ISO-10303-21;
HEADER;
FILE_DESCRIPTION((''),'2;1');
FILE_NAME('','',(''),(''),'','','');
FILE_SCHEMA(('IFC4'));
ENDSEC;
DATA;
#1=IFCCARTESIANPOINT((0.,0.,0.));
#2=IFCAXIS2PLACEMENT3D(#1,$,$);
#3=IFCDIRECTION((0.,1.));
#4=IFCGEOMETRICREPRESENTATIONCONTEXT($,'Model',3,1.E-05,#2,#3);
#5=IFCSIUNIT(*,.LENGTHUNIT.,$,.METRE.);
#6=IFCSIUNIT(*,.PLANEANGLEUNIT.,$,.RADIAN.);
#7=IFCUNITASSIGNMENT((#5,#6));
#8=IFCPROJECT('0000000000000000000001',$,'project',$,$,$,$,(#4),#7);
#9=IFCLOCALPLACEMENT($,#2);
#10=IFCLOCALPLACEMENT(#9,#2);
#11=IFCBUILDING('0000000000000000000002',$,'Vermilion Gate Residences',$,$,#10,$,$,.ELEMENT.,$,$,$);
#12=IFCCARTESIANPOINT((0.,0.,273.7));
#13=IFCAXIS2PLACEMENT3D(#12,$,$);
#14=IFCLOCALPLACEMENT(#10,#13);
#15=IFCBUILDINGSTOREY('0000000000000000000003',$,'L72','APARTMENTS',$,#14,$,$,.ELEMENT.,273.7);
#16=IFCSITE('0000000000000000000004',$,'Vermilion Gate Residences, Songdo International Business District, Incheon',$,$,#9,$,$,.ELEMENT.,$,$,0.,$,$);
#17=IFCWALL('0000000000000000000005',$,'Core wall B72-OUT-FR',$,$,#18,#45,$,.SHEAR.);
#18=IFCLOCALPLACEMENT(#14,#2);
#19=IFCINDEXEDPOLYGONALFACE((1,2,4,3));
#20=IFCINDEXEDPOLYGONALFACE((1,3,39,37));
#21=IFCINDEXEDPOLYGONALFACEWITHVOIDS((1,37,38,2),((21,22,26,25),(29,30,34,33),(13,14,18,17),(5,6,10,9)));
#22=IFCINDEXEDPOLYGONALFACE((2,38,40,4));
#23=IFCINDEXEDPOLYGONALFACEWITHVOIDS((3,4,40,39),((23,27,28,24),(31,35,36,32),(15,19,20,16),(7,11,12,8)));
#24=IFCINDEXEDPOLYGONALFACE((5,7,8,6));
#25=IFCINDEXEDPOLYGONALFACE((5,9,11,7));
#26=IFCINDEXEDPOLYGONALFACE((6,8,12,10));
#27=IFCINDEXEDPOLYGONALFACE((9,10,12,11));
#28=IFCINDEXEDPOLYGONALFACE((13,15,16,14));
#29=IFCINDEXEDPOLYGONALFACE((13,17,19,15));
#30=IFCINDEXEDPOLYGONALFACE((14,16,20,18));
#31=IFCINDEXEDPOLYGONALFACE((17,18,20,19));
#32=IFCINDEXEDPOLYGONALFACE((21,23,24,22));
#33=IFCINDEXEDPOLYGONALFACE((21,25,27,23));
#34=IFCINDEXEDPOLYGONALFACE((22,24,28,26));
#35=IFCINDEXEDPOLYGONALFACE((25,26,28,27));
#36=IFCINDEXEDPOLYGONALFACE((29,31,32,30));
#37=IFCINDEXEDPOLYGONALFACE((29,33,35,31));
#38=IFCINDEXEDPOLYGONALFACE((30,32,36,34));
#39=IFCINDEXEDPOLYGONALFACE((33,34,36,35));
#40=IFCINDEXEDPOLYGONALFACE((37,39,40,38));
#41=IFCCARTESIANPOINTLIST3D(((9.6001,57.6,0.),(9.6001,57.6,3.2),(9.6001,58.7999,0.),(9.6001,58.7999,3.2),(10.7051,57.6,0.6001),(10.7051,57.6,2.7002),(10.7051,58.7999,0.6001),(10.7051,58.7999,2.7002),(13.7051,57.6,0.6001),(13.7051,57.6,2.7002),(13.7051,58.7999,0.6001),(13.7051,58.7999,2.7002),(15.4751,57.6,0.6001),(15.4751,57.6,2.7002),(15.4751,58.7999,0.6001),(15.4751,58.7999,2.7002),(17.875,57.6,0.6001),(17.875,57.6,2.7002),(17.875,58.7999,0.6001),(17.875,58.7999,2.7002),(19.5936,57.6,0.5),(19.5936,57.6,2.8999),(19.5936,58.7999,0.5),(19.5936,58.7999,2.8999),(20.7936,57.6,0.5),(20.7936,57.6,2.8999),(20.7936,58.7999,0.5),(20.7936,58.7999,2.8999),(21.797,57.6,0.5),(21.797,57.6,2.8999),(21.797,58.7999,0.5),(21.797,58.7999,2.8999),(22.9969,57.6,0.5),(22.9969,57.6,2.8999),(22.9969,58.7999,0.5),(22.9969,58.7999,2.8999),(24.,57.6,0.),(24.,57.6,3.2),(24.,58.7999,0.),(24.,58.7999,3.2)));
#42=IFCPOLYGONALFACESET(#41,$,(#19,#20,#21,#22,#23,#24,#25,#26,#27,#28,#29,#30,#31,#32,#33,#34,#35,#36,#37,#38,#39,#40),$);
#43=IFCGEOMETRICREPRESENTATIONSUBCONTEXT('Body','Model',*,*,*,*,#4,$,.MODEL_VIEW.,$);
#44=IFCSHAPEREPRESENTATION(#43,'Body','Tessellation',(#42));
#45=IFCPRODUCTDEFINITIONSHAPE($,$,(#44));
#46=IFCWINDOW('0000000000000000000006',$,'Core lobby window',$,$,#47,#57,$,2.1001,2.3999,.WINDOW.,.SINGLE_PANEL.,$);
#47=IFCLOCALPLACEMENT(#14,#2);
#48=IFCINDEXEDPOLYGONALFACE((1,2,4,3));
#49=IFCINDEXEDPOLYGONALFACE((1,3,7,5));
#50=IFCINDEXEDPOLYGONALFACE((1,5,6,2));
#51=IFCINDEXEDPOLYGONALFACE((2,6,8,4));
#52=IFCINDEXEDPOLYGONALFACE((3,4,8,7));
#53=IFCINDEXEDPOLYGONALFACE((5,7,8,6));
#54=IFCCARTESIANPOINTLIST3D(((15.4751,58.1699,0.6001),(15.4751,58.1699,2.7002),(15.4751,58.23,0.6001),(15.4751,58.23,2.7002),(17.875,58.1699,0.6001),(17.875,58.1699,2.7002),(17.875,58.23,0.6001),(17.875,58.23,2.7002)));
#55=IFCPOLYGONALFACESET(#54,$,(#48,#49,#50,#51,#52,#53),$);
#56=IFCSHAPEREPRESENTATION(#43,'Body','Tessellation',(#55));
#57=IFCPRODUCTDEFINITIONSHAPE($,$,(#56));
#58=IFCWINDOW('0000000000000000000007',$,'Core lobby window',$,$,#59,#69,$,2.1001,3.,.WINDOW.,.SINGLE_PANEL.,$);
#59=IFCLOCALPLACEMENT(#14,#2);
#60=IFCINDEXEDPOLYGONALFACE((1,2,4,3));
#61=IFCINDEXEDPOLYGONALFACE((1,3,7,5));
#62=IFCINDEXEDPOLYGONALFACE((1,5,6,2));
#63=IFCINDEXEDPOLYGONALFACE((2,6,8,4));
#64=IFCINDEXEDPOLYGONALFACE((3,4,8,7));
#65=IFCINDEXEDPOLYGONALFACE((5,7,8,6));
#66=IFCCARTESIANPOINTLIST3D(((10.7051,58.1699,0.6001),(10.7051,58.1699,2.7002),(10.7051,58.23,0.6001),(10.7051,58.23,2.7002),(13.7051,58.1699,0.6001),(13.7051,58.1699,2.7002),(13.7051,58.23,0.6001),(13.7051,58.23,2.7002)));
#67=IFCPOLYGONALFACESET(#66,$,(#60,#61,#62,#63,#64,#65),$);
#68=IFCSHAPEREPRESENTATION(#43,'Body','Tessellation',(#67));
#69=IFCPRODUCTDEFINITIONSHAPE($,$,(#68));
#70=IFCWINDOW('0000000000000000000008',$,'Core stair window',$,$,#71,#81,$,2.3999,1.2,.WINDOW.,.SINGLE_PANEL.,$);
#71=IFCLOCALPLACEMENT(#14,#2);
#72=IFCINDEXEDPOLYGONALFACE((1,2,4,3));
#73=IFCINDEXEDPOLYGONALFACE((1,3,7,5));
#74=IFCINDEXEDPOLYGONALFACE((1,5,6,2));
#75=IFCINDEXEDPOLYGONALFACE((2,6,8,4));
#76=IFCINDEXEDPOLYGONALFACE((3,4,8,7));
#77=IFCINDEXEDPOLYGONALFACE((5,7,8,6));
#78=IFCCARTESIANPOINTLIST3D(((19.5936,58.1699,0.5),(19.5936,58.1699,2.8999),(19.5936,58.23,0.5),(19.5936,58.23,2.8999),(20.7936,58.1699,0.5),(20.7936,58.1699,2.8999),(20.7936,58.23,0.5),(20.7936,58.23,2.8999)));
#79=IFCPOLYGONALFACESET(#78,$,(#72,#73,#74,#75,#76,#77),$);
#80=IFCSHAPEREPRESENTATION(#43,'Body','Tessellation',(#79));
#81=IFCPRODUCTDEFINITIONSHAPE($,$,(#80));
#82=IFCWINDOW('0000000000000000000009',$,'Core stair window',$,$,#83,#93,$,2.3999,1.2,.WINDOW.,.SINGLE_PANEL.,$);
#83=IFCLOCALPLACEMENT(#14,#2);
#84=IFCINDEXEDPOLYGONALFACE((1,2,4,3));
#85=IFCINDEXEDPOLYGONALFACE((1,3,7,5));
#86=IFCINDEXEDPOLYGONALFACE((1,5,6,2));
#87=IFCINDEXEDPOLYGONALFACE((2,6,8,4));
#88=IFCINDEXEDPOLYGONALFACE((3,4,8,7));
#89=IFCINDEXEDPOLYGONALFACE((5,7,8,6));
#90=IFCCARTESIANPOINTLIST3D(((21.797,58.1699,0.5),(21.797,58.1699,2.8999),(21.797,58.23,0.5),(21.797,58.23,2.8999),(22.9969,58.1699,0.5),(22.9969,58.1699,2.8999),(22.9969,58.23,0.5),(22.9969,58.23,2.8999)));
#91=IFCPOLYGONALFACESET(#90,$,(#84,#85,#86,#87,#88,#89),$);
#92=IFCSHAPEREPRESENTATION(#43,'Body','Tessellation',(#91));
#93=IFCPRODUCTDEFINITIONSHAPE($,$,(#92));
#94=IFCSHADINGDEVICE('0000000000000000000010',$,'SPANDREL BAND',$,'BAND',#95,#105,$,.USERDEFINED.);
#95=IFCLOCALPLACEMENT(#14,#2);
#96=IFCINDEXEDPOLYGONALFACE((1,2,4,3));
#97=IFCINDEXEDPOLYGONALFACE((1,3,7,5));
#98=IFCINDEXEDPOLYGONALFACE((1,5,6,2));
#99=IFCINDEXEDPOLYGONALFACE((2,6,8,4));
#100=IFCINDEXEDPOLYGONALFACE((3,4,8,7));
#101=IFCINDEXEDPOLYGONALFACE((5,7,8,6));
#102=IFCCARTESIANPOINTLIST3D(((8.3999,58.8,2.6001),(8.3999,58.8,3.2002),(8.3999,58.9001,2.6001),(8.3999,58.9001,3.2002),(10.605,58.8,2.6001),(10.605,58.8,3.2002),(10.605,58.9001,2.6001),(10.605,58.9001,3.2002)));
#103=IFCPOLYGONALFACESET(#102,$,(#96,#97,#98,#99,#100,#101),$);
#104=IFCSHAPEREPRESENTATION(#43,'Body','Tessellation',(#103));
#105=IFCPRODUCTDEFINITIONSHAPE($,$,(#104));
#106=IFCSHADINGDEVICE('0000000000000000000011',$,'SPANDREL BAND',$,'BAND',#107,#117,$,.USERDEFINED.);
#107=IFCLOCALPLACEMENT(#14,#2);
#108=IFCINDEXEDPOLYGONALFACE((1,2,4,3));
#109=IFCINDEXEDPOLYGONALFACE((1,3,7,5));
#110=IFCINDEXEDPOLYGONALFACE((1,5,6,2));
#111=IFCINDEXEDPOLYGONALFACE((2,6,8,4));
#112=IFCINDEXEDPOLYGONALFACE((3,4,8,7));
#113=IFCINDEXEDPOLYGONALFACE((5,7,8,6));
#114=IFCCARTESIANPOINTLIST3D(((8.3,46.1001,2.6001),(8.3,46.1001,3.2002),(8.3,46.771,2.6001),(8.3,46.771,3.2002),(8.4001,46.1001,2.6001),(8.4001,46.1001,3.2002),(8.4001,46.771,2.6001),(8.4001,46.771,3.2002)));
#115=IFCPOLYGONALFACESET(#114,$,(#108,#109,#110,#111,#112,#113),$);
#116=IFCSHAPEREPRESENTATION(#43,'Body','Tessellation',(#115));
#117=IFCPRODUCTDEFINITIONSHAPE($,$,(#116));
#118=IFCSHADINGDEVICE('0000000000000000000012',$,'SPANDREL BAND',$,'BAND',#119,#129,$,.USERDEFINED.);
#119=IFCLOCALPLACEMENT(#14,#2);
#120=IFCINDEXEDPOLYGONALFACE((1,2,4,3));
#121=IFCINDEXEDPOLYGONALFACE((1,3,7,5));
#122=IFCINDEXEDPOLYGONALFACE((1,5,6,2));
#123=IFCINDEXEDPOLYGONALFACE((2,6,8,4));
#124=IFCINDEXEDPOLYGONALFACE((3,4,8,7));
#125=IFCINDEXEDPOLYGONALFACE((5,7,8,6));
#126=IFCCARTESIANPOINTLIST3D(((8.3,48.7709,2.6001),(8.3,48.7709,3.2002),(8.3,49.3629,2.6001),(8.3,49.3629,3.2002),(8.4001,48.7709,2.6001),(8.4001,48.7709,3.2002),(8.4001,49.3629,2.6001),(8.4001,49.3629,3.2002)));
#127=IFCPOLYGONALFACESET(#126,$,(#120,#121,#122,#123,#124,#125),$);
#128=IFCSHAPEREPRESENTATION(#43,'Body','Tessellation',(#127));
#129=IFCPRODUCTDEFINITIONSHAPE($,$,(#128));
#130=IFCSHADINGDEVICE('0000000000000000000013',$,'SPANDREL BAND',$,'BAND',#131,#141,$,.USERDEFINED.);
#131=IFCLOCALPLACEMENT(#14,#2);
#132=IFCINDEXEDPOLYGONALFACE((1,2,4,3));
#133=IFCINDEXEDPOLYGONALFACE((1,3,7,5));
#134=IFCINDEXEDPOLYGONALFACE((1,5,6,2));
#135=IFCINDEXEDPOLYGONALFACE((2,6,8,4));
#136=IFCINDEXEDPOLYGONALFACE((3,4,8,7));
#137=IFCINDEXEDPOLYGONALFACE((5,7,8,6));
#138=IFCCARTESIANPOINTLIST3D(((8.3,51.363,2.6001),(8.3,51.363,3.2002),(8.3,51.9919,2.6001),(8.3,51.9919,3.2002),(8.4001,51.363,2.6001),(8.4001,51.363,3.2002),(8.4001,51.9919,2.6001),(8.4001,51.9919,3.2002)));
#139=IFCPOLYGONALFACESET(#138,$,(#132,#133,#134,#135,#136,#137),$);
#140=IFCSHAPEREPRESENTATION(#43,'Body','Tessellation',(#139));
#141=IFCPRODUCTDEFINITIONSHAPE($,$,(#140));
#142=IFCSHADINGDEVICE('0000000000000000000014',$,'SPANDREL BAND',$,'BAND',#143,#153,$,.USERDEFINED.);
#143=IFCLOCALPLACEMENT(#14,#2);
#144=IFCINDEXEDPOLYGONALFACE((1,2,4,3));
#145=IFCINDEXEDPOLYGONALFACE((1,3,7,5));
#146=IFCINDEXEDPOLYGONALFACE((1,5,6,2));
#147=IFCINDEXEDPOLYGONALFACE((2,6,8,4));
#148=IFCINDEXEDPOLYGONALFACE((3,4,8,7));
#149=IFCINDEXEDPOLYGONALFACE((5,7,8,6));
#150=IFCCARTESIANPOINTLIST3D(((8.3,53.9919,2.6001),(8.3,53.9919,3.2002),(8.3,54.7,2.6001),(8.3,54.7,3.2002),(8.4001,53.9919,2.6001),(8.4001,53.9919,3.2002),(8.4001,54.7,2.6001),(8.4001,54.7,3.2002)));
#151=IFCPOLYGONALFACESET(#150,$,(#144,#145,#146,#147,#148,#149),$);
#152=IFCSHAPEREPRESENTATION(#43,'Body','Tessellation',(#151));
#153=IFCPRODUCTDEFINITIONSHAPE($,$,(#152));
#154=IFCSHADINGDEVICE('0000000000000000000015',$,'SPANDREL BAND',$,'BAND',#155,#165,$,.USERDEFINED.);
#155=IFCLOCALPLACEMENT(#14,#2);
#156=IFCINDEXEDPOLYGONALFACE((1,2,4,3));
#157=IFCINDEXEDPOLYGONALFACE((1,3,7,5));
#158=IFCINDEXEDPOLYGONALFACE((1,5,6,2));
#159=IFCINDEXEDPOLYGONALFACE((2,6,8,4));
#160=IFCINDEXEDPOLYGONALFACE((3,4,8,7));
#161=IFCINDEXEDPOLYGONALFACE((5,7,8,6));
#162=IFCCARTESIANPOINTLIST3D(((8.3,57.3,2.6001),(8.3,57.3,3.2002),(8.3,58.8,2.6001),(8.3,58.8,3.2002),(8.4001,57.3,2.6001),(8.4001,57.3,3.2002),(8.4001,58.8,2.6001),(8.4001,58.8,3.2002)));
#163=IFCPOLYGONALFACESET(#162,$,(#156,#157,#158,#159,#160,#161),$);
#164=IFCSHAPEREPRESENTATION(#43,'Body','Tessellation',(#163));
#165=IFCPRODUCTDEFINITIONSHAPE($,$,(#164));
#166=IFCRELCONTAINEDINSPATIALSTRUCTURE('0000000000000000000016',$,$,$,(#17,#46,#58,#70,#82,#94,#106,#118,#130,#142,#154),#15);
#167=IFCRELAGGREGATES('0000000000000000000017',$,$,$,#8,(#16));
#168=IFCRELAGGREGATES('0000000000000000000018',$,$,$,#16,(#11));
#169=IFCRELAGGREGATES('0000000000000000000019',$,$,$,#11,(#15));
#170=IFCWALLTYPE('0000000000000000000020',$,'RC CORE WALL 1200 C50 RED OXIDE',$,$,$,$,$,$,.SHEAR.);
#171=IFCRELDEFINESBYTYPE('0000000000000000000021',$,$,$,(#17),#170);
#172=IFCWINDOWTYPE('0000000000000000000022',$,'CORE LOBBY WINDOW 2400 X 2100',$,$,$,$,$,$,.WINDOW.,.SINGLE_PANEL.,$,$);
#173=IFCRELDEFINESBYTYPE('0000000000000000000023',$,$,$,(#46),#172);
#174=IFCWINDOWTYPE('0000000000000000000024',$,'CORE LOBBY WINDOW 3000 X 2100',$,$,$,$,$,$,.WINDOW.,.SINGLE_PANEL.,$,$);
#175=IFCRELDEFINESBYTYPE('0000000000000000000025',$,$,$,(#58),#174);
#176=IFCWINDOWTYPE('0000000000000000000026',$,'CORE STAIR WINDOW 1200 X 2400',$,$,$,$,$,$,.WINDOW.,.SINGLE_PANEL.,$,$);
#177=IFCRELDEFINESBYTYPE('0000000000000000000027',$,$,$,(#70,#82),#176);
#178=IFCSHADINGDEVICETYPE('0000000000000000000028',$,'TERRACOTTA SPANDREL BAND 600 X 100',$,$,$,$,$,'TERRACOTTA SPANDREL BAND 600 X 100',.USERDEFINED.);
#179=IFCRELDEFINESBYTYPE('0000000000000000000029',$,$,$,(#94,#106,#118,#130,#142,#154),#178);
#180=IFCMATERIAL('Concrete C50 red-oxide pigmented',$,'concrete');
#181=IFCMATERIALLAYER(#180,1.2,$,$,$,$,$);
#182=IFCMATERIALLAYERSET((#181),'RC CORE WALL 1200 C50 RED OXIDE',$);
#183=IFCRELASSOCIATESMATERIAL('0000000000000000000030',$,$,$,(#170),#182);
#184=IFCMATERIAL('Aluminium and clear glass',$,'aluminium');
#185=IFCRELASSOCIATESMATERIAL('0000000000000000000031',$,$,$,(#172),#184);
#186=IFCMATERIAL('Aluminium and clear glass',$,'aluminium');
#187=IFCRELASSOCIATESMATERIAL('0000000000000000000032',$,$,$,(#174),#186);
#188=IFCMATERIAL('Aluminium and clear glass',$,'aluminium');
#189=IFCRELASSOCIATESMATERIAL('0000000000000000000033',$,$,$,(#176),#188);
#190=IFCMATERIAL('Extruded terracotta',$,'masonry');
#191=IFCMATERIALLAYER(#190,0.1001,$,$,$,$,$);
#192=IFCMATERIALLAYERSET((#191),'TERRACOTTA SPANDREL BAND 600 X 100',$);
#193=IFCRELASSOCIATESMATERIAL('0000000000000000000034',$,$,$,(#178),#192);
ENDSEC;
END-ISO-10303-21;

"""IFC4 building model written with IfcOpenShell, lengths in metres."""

from ifc_helpers import new_model, si_unit, direction, frame, frame_2d, origin, origin_2d, place, context, subcontext, project, spatial, rectangle, extrude, material, layer, layer_set, type_object, element, fill, save


model = new_model("IFC4")

# Units and contexts
model_context = context("Model", 3, precision=1e-05, world=origin(), true_north=direction((0.0, 1.0)))
body_context = subcontext(model_context, "Body", "Model", "MODEL_VIEW")
ifc_project = project(units=[si_unit("LENGTHUNIT", "METRE"), si_unit("PLANEANGLEUNIT", "RADIAN")], contexts=[model_context])

# Site, building, storey
site_placement = place(None, origin())
site = spatial("IfcSite", under=ifc_project, at=site_placement, Name="Vermilion Gate Residences, Songdo International Business District, Incheon", CompositionType="ELEMENT", RefElevation=0.0)
building_placement = place(site_placement, origin())
building = spatial("IfcBuilding", under=site, at=building_placement, Name="Vermilion Gate Residences", CompositionType="ELEMENT")
storey_placement = place(building_placement, frame((0.0, 0.0, 273.7)))
storey = spatial("IfcBuildingStorey", under=building, at=storey_placement, Name="L72", Description="APARTMENTS", CompositionType="ELEMENT", Elevation=273.7)

# Wall, openings, windows
ifc_material_1 = material(Name="Concrete C50 red-oxide pigmented", Category="concrete")
ifc_layer_1 = layer(ifc_material_1, 1.2)
ifc_layer_set_1 = layer_set([ifc_layer_1], Name="RC CORE WALL 1200 C50 RED OXIDE")
wall_type_1 = type_object("IfcWallType", Name="RC CORE WALL 1200 C50 RED OXIDE", PredefinedType="SHEAR", material=ifc_layer_set_1)
ifc_material_2 = material(Name="Aluminium and clear glass", Category="aluminium")
window_type_1 = type_object("IfcWindowType", Name="CORE LOBBY WINDOW 2400 X 2100", PartitioningType="SINGLE_PANEL", PredefinedType="WINDOW", material=ifc_material_2)
wall_1_placement = place(storey_placement, frame((9.6001, 58.2, 0.0), z_axis=(0.0, 0.0, 1.0), x_axis=(1.0, 0.0, 0.0)))
wall_1 = element("IfcWall", 1, at=wall_1_placement, inside=storey, type_object=wall_type_1, Name="Core wall B72-OUT-FR", PredefinedType="SHEAR", context=body_context, shape_type="SweptSolid", body=[
    extrude(rectangle(XDim=14.3999, YDim=1.2, at=frame_2d((7.2, 0.0))), origin(), (0.0, 0.0, 1.0), 3.2),
])
opening_1_placement = place(wall_1_placement, frame((1.105, 0.0, 0.6001)))
opening_1 = element("IfcOpeningElement", 2, at=opening_1_placement, cuts=wall_1, PredefinedType="OPENING", context=body_context, shape_type="SweptSolid", body=[
    extrude(rectangle(XDim=3.0, YDim=2.1001, at=frame_2d((1.5, 1.05))), frame((0.0, 0.6099, 0.0), z_axis=(0.0, -1.0, 0.0), x_axis=(1.0, 0.0, 0.0)), (0.0, 0.0, 1.0), 1.22),
])
opening_2_placement = place(wall_1_placement, frame((5.875, 0.0, 0.6001)))
opening_2 = element("IfcOpeningElement", 3, at=opening_2_placement, cuts=wall_1, PredefinedType="OPENING", context=body_context, shape_type="SweptSolid", body=[
    extrude(rectangle(XDim=2.3999, YDim=2.1001, at=frame_2d((1.2, 1.05))), frame((0.0, 0.6099, 0.0), z_axis=(0.0, -1.0, 0.0), x_axis=(1.0, 0.0, 0.0)), (0.0, 0.0, 1.0), 1.22),
])
opening_3_placement = place(wall_1_placement, frame((9.9934, 0.0, 0.5)))
opening_3 = element("IfcOpeningElement", 4, at=opening_3_placement, cuts=wall_1, PredefinedType="OPENING", context=body_context, shape_type="SweptSolid", body=[
    extrude(rectangle(XDim=1.2, YDim=2.3999, at=frame_2d((0.6001, 1.2))), frame((0.0, 0.6099, 0.0), z_axis=(0.0, -1.0, 0.0), x_axis=(1.0, 0.0, 0.0)), (0.0, 0.0, 1.0), 1.22),
])
opening_4_placement = place(wall_1_placement, frame((12.1968, 0.0, 0.5)))
opening_4 = element("IfcOpeningElement", 5, at=opening_4_placement, cuts=wall_1, PredefinedType="OPENING", context=body_context, shape_type="SweptSolid", body=[
    extrude(rectangle(XDim=1.2, YDim=2.3999, at=frame_2d((0.6001, 1.2))), frame((0.0, 0.6099, 0.0), z_axis=(0.0, -1.0, 0.0), x_axis=(1.0, 0.0, 0.0)), (0.0, 0.0, 1.0), 1.22),
])
window_1_placement = place(opening_2_placement, origin())
window_1 = element("IfcWindow", 6, at=window_1_placement, inside=storey, type_object=window_type_1, Name="Core lobby window", OverallHeight=2.1001, OverallWidth=2.3999, PartitioningType="SINGLE_PANEL", PredefinedType="WINDOW", context=body_context, shape_type="SweptSolid", body=[
    extrude(rectangle(XDim=2.3999, YDim=2.1001, at=frame_2d((1.2, 1.05))), frame((0.0, 0.03, 0.0), z_axis=(0.0, -1.0, 0.0), x_axis=(1.0, 0.0, 0.0)), (0.0, 0.0, 1.0), 0.0601),
])
fill(opening_2, window_1)
ifc_material_3 = material(Name="Aluminium and clear glass", Category="aluminium")
window_type_2 = type_object("IfcWindowType", Name="CORE LOBBY WINDOW 3000 X 2100", PartitioningType="SINGLE_PANEL", PredefinedType="WINDOW", material=ifc_material_3)
window_2_placement = place(opening_1_placement, origin())
window_2 = element("IfcWindow", 7, at=window_2_placement, inside=storey, type_object=window_type_2, Name="Core lobby window", OverallHeight=2.1001, OverallWidth=3.0, PartitioningType="SINGLE_PANEL", PredefinedType="WINDOW", context=body_context, shape_type="SweptSolid", body=[
    extrude(rectangle(XDim=3.0, YDim=2.1001, at=frame_2d((1.5, 1.05))), frame((0.0, 0.03, 0.0), z_axis=(0.0, -1.0, 0.0), x_axis=(1.0, 0.0, 0.0)), (0.0, 0.0, 1.0), 0.0601),
])
fill(opening_1, window_2)
ifc_material_4 = material(Name="Aluminium and clear glass", Category="aluminium")
window_type_3 = type_object("IfcWindowType", Name="CORE STAIR WINDOW 1200 X 2400", PartitioningType="SINGLE_PANEL", PredefinedType="WINDOW", material=ifc_material_4)
window_3_placement = place(opening_3_placement, origin())
window_3 = element("IfcWindow", 8, at=window_3_placement, inside=storey, type_object=window_type_3, Name="Core stair window", OverallHeight=2.3999, OverallWidth=1.2, PartitioningType="SINGLE_PANEL", PredefinedType="WINDOW", context=body_context, shape_type="SweptSolid", body=[
    extrude(rectangle(XDim=1.2, YDim=2.3999, at=frame_2d((0.6001, 1.2))), frame((0.0, 0.03, 0.0), z_axis=(0.0, -1.0, 0.0), x_axis=(1.0, 0.0, 0.0)), (0.0, 0.0, 1.0), 0.0601),
])
fill(opening_3, window_3)
window_4_placement = place(opening_4_placement, origin())
window_4 = element("IfcWindow", 9, at=window_4_placement, inside=storey, type_object=window_type_3, Name="Core stair window", OverallHeight=2.3999, OverallWidth=1.2, PartitioningType="SINGLE_PANEL", PredefinedType="WINDOW", context=body_context, shape_type="SweptSolid", body=[
    extrude(rectangle(XDim=1.2, YDim=2.3999, at=frame_2d((0.6001, 1.2))), frame((0.0, 0.03, 0.0), z_axis=(0.0, -1.0, 0.0), x_axis=(1.0, 0.0, 0.0)), (0.0, 0.0, 1.0), 0.0601),
])
fill(opening_4, window_4)

# Shading devices
ifc_material_5 = material(Name="Extruded terracotta", Category="masonry")
ifc_layer_2 = layer(ifc_material_5, 0.1001)
ifc_layer_set_2 = layer_set([ifc_layer_2], Name="TERRACOTTA SPANDREL BAND 600 X 100")
shading_device_type = type_object("IfcShadingDeviceType", Name="TERRACOTTA SPANDREL BAND 600 X 100", ElementType="TERRACOTTA SPANDREL BAND 600 X 100", PredefinedType="USERDEFINED", material=ifc_layer_set_2)
shading_device_1_placement = place(storey_placement, frame((9.5024, 58.8501, 2.6001), z_axis=(0.0, 0.0, 1.0), x_axis=(1.0, 0.0, 0.0)))
element("IfcShadingDevice", 10, at=shading_device_1_placement, inside=storey, type_object=shading_device_type, Name="SPANDREL BAND", ObjectType="BAND", PredefinedType="USERDEFINED", context=body_context, shape_type="SweptSolid", body=[
    extrude(rectangle(XDim=2.2051, YDim=0.1001, at=origin_2d()), origin(), (0.0, 0.0, 1.0), 0.6001),
])
shading_device_2_placement = place(storey_placement, frame((8.3501, 46.4355, 2.6001), z_axis=(0.0, 0.0, 1.0), x_axis=(0.0, 1.0, 0.0)))
element("IfcShadingDevice", 11, at=shading_device_2_placement, inside=storey, type_object=shading_device_type, Name="SPANDREL BAND", ObjectType="BAND", PredefinedType="USERDEFINED", context=body_context, shape_type="SweptSolid", body=[
    extrude(rectangle(XDim=0.6709, YDim=0.1001, at=origin_2d()), origin(), (0.0, 0.0, 1.0), 0.6001),
])
shading_device_3_placement = place(storey_placement, frame((8.3501, 49.0669, 2.6001), z_axis=(0.0, 0.0, 1.0), x_axis=(0.0, 1.0, 0.0)))
element("IfcShadingDevice", 12, at=shading_device_3_placement, inside=storey, type_object=shading_device_type, Name="SPANDREL BAND", ObjectType="BAND", PredefinedType="USERDEFINED", context=body_context, shape_type="SweptSolid", body=[
    extrude(rectangle(XDim=0.592, YDim=0.1001, at=origin_2d()), origin(), (0.0, 0.0, 1.0), 0.6001),
])
shading_device_4_placement = place(storey_placement, frame((8.3501, 51.6775, 2.6001), z_axis=(0.0, 0.0, 1.0), x_axis=(0.0, 1.0, 0.0)))
element("IfcShadingDevice", 13, at=shading_device_4_placement, inside=storey, type_object=shading_device_type, Name="SPANDREL BAND", ObjectType="BAND", PredefinedType="USERDEFINED", context=body_context, shape_type="SweptSolid", body=[
    extrude(rectangle(XDim=0.6289, YDim=0.1001, at=origin_2d()), origin(), (0.0, 0.0, 1.0), 0.6001),
])
shading_device_5_placement = place(storey_placement, frame((8.3501, 54.3459, 2.6001), z_axis=(0.0, 0.0, 1.0), x_axis=(0.0, 1.0, 0.0)))
element("IfcShadingDevice", 14, at=shading_device_5_placement, inside=storey, type_object=shading_device_type, Name="SPANDREL BAND", ObjectType="BAND", PredefinedType="USERDEFINED", context=body_context, shape_type="SweptSolid", body=[
    extrude(rectangle(XDim=0.708, YDim=0.1001, at=origin_2d()), origin(), (0.0, 0.0, 1.0), 0.6001),
])
shading_device_6_placement = place(storey_placement, frame((8.3501, 58.05, 2.6001), z_axis=(0.0, 0.0, 1.0), x_axis=(0.0, 1.0, 0.0)))
element("IfcShadingDevice", 15, at=shading_device_6_placement, inside=storey, type_object=shading_device_type, Name="SPANDREL BAND", ObjectType="BAND", PredefinedType="USERDEFINED", context=body_context, shape_type="SweptSolid", body=[
    extrude(rectangle(XDim=1.5, YDim=0.1001, at=origin_2d()), origin(), (0.0, 0.0, 1.0), 0.6001),
])

save(model, "model.ifc")
